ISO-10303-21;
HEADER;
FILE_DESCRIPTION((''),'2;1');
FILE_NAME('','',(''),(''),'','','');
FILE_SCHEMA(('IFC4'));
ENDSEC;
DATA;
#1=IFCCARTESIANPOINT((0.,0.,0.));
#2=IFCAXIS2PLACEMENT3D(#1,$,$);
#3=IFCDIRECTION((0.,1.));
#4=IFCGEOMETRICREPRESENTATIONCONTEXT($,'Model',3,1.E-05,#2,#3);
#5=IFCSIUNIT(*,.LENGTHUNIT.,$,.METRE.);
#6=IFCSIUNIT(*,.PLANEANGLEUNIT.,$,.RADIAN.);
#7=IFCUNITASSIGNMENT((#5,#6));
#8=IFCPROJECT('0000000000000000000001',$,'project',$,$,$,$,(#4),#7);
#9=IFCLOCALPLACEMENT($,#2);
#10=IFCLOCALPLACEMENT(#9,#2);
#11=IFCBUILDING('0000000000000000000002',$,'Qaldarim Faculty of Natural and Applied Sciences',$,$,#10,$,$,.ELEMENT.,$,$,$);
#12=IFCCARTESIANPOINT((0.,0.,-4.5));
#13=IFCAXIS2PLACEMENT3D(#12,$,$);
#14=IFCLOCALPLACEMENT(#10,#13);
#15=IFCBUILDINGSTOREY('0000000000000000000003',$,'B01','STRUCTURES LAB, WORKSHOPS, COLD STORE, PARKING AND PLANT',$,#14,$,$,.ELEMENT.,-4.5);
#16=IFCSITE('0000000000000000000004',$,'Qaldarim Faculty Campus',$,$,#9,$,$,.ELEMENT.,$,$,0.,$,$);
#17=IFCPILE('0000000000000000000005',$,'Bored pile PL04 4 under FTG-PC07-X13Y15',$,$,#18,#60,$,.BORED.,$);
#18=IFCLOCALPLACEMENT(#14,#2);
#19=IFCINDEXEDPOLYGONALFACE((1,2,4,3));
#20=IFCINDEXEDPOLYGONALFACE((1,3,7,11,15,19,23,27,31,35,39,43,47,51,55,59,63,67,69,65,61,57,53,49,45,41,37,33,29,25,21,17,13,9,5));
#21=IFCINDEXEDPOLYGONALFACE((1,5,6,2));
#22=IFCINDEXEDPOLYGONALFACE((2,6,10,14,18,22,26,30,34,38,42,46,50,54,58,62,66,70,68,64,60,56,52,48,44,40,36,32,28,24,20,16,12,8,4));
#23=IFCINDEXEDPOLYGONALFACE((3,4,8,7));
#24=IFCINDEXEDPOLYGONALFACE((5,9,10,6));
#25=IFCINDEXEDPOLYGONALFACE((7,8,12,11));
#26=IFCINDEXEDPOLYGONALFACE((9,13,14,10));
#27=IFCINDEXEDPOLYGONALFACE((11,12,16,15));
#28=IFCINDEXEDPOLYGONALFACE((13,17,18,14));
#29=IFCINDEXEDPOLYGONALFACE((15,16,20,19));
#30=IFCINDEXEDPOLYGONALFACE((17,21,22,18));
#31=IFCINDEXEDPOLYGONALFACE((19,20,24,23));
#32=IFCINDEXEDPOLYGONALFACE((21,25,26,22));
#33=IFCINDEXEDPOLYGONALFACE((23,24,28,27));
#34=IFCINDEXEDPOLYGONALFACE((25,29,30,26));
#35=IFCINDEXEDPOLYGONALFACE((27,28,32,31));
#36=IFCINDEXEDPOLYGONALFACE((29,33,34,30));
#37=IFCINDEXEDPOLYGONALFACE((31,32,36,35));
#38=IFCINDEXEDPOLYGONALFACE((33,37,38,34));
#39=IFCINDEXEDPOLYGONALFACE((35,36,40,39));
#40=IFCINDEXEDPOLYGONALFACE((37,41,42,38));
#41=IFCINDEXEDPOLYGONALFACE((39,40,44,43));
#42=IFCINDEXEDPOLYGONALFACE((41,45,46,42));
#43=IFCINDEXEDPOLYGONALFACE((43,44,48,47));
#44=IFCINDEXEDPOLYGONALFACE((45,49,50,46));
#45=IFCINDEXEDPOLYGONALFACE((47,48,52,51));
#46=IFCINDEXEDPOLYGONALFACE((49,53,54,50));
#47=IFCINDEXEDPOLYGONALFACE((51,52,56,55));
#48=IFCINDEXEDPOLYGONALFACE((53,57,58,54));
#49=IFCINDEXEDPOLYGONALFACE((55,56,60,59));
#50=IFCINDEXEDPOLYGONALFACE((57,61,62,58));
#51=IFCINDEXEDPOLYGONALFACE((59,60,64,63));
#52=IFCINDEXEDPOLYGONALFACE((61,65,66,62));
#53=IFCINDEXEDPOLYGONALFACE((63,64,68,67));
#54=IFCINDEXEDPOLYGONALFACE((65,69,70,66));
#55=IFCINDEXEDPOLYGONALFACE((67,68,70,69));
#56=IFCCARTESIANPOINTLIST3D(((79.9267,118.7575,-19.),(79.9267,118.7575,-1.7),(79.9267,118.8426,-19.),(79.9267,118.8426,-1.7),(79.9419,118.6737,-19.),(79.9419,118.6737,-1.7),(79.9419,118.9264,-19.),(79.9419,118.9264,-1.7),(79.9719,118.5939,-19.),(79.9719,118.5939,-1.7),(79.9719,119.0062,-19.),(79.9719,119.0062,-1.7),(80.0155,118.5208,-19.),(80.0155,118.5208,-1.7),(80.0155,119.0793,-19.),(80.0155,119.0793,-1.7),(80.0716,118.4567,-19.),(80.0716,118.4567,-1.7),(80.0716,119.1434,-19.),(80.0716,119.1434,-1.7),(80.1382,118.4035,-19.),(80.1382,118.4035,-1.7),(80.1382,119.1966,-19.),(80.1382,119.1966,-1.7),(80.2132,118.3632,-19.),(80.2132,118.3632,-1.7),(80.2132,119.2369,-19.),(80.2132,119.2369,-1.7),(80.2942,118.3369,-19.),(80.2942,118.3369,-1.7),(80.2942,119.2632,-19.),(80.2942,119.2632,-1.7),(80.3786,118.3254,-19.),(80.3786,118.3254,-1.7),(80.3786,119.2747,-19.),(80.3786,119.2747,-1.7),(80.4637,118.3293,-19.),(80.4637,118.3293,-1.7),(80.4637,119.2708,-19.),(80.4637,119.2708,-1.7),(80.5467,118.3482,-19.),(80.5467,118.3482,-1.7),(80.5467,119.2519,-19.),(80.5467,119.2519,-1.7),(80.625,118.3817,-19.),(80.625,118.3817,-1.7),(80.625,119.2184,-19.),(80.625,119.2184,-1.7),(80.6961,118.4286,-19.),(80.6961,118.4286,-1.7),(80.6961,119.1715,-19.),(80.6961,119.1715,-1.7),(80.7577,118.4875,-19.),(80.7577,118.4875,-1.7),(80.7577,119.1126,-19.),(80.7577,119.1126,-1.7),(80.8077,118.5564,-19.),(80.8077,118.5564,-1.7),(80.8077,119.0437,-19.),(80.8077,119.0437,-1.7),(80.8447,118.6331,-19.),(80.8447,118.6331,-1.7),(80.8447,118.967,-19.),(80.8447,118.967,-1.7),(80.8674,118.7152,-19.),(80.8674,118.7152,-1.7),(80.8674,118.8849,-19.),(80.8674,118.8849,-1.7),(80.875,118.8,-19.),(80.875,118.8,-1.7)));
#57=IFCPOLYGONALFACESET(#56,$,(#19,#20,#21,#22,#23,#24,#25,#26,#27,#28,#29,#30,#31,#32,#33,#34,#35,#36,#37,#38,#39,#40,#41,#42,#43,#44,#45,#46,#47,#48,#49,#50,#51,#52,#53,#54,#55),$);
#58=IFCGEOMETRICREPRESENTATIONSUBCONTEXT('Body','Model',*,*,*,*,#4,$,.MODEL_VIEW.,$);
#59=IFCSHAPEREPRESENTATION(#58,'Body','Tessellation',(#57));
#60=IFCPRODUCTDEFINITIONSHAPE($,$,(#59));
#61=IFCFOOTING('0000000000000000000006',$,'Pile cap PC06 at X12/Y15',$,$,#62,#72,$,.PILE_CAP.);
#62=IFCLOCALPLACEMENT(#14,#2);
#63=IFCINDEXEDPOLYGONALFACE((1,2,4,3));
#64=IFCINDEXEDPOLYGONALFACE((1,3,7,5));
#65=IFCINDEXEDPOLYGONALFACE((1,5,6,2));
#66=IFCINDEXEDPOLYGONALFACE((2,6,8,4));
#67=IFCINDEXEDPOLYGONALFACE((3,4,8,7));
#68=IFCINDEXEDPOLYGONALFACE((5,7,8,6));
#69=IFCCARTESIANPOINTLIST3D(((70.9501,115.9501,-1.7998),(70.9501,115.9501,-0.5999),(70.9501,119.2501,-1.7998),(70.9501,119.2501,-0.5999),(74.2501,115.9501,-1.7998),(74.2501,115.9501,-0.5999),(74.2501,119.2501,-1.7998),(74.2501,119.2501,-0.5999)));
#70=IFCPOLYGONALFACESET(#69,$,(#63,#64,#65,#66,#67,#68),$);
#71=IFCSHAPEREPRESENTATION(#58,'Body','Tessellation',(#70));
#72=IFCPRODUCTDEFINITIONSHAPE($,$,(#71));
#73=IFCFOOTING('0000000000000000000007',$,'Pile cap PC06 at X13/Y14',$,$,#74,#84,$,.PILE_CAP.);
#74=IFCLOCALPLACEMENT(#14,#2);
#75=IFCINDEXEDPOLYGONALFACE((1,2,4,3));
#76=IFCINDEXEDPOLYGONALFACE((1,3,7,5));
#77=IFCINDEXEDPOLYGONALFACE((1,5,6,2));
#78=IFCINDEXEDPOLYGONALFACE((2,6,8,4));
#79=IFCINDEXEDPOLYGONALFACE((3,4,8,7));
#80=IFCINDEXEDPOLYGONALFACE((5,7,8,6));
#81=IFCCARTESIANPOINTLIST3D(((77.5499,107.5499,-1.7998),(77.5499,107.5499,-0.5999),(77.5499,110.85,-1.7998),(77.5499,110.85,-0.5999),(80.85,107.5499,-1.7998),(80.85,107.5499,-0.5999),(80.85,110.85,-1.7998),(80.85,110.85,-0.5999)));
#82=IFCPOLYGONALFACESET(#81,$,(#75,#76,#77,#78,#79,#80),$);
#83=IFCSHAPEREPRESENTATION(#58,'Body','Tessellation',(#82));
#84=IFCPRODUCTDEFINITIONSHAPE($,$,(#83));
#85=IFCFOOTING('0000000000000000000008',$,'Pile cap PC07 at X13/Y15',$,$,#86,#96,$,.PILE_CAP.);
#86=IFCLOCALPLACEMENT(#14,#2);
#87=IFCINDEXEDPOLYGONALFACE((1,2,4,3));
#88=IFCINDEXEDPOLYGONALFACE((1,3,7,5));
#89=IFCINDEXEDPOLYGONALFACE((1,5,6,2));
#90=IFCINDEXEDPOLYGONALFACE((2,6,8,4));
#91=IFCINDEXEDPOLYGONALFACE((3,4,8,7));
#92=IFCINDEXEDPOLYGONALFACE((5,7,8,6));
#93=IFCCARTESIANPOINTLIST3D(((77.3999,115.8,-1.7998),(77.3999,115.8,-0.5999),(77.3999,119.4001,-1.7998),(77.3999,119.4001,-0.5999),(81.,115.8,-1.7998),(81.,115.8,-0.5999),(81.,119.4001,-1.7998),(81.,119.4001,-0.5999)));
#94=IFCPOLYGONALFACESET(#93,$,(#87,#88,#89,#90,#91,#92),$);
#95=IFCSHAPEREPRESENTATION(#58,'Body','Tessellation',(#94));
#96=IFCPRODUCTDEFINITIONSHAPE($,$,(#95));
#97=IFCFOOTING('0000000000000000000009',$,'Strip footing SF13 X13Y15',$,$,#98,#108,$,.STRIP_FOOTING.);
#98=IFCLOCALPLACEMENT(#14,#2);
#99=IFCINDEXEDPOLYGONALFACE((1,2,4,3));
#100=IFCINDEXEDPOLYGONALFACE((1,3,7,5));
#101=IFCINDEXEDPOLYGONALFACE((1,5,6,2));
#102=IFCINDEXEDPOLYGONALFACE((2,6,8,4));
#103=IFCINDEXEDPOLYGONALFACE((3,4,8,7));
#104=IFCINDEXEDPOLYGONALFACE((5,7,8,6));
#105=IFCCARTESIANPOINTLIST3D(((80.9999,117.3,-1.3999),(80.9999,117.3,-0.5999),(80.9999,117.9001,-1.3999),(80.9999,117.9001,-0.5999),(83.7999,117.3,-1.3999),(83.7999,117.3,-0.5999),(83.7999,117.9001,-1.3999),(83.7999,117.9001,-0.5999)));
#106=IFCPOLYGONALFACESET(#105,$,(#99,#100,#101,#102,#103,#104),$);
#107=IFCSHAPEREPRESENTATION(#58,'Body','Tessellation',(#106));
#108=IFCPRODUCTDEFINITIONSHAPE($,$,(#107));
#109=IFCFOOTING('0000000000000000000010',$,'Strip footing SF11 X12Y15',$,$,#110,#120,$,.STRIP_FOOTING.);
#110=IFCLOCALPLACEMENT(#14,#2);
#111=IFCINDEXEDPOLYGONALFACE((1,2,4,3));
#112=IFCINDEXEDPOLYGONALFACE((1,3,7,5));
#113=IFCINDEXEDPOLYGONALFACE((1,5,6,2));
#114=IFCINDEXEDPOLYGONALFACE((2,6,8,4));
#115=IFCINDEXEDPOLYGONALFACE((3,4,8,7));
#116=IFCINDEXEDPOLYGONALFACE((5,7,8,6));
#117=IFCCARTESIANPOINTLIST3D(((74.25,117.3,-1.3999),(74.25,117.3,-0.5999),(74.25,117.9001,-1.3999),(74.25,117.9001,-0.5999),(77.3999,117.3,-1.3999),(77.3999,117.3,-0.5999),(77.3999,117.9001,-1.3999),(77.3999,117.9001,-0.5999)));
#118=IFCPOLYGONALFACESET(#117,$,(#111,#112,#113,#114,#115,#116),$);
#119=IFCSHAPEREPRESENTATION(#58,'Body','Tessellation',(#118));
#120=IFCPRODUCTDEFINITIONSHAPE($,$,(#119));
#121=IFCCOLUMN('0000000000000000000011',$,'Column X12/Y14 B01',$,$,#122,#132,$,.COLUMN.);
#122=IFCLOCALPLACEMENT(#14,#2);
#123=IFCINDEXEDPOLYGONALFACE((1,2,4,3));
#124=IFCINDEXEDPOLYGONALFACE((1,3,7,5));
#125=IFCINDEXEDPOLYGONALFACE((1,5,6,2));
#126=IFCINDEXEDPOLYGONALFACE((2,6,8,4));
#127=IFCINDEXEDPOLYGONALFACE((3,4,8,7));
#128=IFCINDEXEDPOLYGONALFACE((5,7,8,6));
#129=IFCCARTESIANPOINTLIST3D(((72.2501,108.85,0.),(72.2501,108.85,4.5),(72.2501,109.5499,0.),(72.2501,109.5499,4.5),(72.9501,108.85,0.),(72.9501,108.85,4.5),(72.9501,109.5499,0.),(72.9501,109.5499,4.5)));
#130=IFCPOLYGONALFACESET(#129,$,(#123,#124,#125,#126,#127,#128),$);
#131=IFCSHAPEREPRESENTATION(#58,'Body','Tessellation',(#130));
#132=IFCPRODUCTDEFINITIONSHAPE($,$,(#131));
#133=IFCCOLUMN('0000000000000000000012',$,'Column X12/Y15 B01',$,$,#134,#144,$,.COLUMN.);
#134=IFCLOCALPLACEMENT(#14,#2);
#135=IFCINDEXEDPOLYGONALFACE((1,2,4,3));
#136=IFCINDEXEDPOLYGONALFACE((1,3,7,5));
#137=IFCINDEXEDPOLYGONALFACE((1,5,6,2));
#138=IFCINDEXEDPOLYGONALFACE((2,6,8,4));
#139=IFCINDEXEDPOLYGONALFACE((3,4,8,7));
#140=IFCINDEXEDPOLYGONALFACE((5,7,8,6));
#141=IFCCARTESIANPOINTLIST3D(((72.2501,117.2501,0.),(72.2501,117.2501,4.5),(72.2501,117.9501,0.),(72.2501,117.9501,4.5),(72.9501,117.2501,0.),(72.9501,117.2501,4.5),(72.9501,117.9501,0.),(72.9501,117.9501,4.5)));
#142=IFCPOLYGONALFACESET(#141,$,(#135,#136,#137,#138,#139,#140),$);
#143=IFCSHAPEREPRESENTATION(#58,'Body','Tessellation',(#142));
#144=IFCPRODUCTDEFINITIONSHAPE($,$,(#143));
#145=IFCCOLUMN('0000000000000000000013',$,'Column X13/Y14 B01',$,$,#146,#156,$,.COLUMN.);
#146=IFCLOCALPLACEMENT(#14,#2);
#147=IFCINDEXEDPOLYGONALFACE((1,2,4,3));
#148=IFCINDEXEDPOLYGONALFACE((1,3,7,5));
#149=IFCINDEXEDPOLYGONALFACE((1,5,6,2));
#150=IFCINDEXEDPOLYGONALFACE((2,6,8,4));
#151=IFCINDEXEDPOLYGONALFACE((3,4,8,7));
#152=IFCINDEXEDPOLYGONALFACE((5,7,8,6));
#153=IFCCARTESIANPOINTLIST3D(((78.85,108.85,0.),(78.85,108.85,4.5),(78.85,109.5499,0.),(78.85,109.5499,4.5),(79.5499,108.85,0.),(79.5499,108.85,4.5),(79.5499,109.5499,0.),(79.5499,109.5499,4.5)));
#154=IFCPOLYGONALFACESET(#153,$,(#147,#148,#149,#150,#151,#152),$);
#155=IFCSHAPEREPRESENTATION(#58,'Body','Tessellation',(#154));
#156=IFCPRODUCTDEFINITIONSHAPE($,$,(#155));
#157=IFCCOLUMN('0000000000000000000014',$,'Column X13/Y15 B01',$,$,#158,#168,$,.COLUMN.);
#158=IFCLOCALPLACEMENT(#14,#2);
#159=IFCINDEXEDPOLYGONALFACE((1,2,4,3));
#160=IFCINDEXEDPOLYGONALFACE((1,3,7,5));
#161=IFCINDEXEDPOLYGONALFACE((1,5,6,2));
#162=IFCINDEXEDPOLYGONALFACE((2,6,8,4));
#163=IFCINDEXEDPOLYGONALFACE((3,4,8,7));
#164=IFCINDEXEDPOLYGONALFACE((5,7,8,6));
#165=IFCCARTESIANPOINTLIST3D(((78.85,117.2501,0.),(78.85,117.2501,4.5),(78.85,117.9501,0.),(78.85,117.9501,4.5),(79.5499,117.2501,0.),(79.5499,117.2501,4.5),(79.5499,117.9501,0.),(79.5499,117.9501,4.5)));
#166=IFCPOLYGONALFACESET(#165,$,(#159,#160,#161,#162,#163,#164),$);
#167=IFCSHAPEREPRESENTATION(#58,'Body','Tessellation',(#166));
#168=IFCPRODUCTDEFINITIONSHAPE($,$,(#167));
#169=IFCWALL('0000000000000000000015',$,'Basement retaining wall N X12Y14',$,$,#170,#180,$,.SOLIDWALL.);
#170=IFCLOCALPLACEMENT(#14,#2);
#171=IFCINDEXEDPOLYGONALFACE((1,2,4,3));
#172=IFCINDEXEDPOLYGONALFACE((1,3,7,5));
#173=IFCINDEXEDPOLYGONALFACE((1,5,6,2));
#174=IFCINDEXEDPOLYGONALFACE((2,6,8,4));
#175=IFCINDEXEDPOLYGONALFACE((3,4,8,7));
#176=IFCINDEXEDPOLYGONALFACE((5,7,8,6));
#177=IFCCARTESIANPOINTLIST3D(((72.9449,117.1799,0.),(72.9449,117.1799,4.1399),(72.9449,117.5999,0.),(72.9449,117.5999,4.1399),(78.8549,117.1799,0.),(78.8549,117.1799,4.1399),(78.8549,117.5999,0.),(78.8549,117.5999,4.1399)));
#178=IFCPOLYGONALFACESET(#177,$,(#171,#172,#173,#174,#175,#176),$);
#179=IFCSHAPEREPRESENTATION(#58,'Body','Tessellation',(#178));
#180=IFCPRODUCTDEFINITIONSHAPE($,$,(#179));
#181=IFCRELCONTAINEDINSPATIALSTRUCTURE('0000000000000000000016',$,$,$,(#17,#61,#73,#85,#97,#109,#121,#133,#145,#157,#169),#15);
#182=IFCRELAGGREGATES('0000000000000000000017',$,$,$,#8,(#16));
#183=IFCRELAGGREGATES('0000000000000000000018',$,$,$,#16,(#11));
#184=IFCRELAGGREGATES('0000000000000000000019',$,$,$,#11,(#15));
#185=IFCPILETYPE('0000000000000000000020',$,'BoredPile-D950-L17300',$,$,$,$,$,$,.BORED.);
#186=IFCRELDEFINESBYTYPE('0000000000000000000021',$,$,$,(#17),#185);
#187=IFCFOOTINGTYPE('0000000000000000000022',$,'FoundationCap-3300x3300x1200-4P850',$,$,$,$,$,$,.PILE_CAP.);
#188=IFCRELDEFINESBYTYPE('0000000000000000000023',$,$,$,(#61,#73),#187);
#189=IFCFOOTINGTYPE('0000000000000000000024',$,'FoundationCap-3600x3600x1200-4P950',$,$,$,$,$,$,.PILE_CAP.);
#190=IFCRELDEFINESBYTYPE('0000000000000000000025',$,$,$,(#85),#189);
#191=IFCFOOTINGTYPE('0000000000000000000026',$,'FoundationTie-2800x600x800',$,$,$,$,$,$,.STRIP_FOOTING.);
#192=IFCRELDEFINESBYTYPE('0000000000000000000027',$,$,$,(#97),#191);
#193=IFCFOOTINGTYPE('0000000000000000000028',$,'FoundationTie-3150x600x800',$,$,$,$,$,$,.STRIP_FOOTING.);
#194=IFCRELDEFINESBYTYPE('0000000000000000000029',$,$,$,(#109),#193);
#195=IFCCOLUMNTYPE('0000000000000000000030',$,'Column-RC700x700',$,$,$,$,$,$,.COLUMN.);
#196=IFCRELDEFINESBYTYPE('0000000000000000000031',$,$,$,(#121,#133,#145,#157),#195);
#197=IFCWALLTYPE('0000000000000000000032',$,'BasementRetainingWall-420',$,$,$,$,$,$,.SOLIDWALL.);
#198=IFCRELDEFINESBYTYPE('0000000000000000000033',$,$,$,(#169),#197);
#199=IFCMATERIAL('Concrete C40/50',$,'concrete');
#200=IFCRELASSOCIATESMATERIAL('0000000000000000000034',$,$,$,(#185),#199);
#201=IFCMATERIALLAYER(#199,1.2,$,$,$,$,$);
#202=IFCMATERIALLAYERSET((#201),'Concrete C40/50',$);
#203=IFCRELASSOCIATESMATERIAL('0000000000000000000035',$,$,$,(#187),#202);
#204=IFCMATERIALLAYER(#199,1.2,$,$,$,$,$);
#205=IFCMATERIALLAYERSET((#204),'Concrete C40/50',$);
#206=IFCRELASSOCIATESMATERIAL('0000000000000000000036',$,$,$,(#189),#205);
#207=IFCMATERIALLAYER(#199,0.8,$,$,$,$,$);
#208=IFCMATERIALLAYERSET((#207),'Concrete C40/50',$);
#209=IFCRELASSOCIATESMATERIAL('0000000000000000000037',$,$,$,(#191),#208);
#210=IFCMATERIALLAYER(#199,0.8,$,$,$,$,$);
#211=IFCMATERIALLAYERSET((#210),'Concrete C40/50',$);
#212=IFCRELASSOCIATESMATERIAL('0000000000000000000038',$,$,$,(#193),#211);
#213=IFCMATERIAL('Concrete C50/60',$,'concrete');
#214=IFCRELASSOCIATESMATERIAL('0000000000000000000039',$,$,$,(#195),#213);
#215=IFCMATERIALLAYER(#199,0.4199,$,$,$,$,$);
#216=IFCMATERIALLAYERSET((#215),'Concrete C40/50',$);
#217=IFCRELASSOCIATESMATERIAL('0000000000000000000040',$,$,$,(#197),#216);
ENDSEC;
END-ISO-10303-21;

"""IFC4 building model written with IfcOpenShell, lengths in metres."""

from ifc_helpers import new_model, si_unit, direction, frame, frame_2d, origin, origin_2d, place, context, subcontext, project, spatial, rectangle, circle, extrude, material, layer, layer_set, material_profile, profile_set, type_object, element, save


model = new_model("IFC4")

# Units and contexts
model_context = context("Model", 3, precision=1e-05, world=origin(), true_north=direction((0.0, 1.0)))
body_context = subcontext(model_context, "Body", "Model", "MODEL_VIEW")
ifc_project = project(units=[si_unit("LENGTHUNIT", "METRE"), si_unit("PLANEANGLEUNIT", "RADIAN")], contexts=[model_context])

# Site, building, storey
site_placement = place(None, origin())
site = spatial("IfcSite", under=ifc_project, at=site_placement, Name="Qaldarim Faculty Campus", CompositionType="ELEMENT", RefElevation=0.0)
building_placement = place(site_placement, origin())
building = spatial("IfcBuilding", under=site, at=building_placement, Name="Qaldarim Faculty of Natural and Applied Sciences", CompositionType="ELEMENT")
storey_placement = place(building_placement, frame((0.0, 0.0, -4.5)))
storey = spatial("IfcBuildingStorey", under=building, at=storey_placement, Name="B01", Description="STRUCTURES LAB, WORKSHOPS, COLD STORE, PARKING AND PLANT", CompositionType="ELEMENT", Elevation=-4.5)

# Pile
ifc_material_1 = material(Name="Concrete C40/50", Category="concrete")
ifc_material_profile_1 = material_profile(ifc_material_1, circle(Radius=0.4751, at=origin_2d()), Name="PILE-D950")
ifc_profile_set_1 = profile_set([ifc_material_profile_1], Name="Concrete C40/50")
pile_type_1 = type_object("IfcPileType", Name="BoredPile-D950-L17300", PredefinedType="BORED", material=ifc_profile_set_1)
for number, where, z_axis, x_axis, name in (
    (1, (80.3999, 118.8, -1.7), (0.0, 0.0, -1.0), (1.0, 0.0, 0.0), "Bored pile PL04 4 under FTG-PC07-X13Y15"),
):
    element("IfcPile", number, at=place(storey_placement, frame(where, z_axis=z_axis, x_axis=x_axis)), inside=storey, type_object=pile_type_1, Name=name, PredefinedType="BORED", context=body_context, shape_type="SweptSolid", body=[
        extrude(circle(Radius=0.4751, at=origin_2d()), origin(), (0.0, 0.0, 1.0), 17.3),
    ])

# Footings
ifc_layer_1 = layer(ifc_material_1, 1.2)
ifc_layer_set_1 = layer_set([ifc_layer_1], Name="Concrete C40/50")
footing_type_1 = type_object("IfcFootingType", Name="FoundationCap-3300x3300x1200-4P850", PredefinedType="PILE_CAP", material=ifc_layer_set_1)
for number, where, z_axis, x_axis, name in (
    (2, (72.6001, 117.6001, -1.7998), (0.0, 0.0, 1.0), (1.0, 0.0, 0.0), "Pile cap PC06 at X12/Y15"),
    (3, (79.2, 109.2, -1.7998), (0.0, 0.0, 1.0), (1.0, 0.0, 0.0), "Pile cap PC06 at X13/Y14"),
):
    element("IfcFooting", number, at=place(storey_placement, frame(where, z_axis=z_axis, x_axis=x_axis)), inside=storey, type_object=footing_type_1, Name=name, PredefinedType="PILE_CAP", context=body_context, shape_type="SweptSolid", body=[
        extrude(rectangle(XDim=3.3, YDim=3.3, at=origin_2d()), origin(), (0.0, 0.0, 1.0), 1.2),
    ])
ifc_layer_2 = layer(ifc_material_1, 1.2)
ifc_layer_set_2 = layer_set([ifc_layer_2], Name="Concrete C40/50")
footing_type_2 = type_object("IfcFootingType", Name="FoundationCap-3600x3600x1200-4P950", PredefinedType="PILE_CAP", material=ifc_layer_set_2)
footing_1_placement = place(storey_placement, frame((79.2, 117.6001, -1.7998), z_axis=(0.0, 0.0, 1.0), x_axis=(1.0, 0.0, 0.0)))
element("IfcFooting", 4, at=footing_1_placement, inside=storey, type_object=footing_type_2, Name="Pile cap PC07 at X13/Y15", PredefinedType="PILE_CAP", context=body_context, shape_type="SweptSolid", body=[
    extrude(rectangle(XDim=3.6001, YDim=3.6001, at=origin_2d()), origin(), (0.0, 0.0, 1.0), 1.2),
])
ifc_layer_3 = layer(ifc_material_1, 0.8)
ifc_layer_set_3 = layer_set([ifc_layer_3], Name="Concrete C40/50")
footing_type_3 = type_object("IfcFootingType", Name="FoundationTie-2800x600x800", PredefinedType="STRIP_FOOTING", material=ifc_layer_set_3)
footing_2_placement = place(storey_placement, frame((82.3999, 117.6001, -1.3999), z_axis=(0.0, 0.0, 1.0), x_axis=(1.0, 0.0, 0.0)))
element("IfcFooting", 5, at=footing_2_placement, inside=storey, type_object=footing_type_3, Name="Strip footing SF13 X13Y15", PredefinedType="STRIP_FOOTING", context=body_context, shape_type="SweptSolid", body=[
    extrude(rectangle(XDim=2.8, YDim=0.6001, at=origin_2d()), origin(), (0.0, 0.0, 1.0), 0.8),
])
ifc_layer_4 = layer(ifc_material_1, 0.8)
ifc_layer_set_4 = layer_set([ifc_layer_4], Name="Concrete C40/50")
footing_type_4 = type_object("IfcFootingType", Name="FoundationTie-3150x600x800", PredefinedType="STRIP_FOOTING", material=ifc_layer_set_4)
footing_3_placement = place(storey_placement, frame((75.825, 117.6001, -1.3999), z_axis=(0.0, 0.0, 1.0), x_axis=(1.0, 0.0, 0.0)))
element("IfcFooting", 6, at=footing_3_placement, inside=storey, type_object=footing_type_4, Name="Strip footing SF11 X12Y15", PredefinedType="STRIP_FOOTING", context=body_context, shape_type="SweptSolid", body=[
    extrude(rectangle(XDim=3.1499, YDim=0.6001, at=origin_2d()), origin(), (0.0, 0.0, 1.0), 0.8),
])

# Columns
ifc_material_2 = material(Name="Concrete C50/60", Category="concrete")
ifc_material_profile_2 = material_profile(ifc_material_2, rectangle(XDim=0.7, YDim=0.7, at=origin_2d()), Name="RC-C700x700")
ifc_profile_set_2 = profile_set([ifc_material_profile_2], Name="Concrete C50/60")
column_type = type_object("IfcColumnType", Name="Column-RC700x700", PredefinedType="COLUMN", material=ifc_profile_set_2)
for number, where, z_axis, x_axis, name in (
    (7, (72.6001, 109.2, 0.0), (0.0, 0.0, 1.0), (1.0, 0.0, 0.0), "Column X12/Y14 B01"),
    (8, (72.6001, 117.6001, 0.0), (0.0, 0.0, 1.0), (1.0, 0.0, 0.0), "Column X12/Y15 B01"),
    (9, (79.2, 109.2, 0.0), (0.0, 0.0, 1.0), (1.0, 0.0, 0.0), "Column X13/Y14 B01"),
    (10, (79.2, 117.6001, 0.0), (0.0, 0.0, 1.0), (1.0, 0.0, 0.0), "Column X13/Y15 B01"),
):
    element("IfcColumn", number, at=place(storey_placement, frame(where, z_axis=z_axis, x_axis=x_axis)), inside=storey, type_object=column_type, Name=name, PredefinedType="COLUMN", context=body_context, shape_type="SweptSolid", body=[
        extrude(rectangle(XDim=0.7, YDim=0.7, at=origin_2d()), origin(), (0.0, 0.0, 1.0), 4.5),
    ])

# Wall
ifc_layer_5 = layer(ifc_material_1, 0.4199)
ifc_layer_set_5 = layer_set([ifc_layer_5], Name="Concrete C40/50")
wall_type = type_object("IfcWallType", Name="BasementRetainingWall-420", PredefinedType="SOLIDWALL", material=ifc_layer_set_5)
wall_placement = place(storey_placement, frame((78.855, 117.3899, 0.0), z_axis=(0.0, 0.0, 1.0), x_axis=(-1.0, 0.0, 0.0)))
element("IfcWall", 11, at=wall_placement, inside=storey, type_object=wall_type, Name="Basement retaining wall N X12Y14", PredefinedType="SOLIDWALL", context=body_context, shape_type="SweptSolid", body=[
    extrude(rectangle(XDim=5.9099, YDim=0.4199, at=frame_2d((2.9551, 0.0))), origin(), (0.0, 0.0, 1.0), 4.1399),
])

save(model, "model.ifc")
